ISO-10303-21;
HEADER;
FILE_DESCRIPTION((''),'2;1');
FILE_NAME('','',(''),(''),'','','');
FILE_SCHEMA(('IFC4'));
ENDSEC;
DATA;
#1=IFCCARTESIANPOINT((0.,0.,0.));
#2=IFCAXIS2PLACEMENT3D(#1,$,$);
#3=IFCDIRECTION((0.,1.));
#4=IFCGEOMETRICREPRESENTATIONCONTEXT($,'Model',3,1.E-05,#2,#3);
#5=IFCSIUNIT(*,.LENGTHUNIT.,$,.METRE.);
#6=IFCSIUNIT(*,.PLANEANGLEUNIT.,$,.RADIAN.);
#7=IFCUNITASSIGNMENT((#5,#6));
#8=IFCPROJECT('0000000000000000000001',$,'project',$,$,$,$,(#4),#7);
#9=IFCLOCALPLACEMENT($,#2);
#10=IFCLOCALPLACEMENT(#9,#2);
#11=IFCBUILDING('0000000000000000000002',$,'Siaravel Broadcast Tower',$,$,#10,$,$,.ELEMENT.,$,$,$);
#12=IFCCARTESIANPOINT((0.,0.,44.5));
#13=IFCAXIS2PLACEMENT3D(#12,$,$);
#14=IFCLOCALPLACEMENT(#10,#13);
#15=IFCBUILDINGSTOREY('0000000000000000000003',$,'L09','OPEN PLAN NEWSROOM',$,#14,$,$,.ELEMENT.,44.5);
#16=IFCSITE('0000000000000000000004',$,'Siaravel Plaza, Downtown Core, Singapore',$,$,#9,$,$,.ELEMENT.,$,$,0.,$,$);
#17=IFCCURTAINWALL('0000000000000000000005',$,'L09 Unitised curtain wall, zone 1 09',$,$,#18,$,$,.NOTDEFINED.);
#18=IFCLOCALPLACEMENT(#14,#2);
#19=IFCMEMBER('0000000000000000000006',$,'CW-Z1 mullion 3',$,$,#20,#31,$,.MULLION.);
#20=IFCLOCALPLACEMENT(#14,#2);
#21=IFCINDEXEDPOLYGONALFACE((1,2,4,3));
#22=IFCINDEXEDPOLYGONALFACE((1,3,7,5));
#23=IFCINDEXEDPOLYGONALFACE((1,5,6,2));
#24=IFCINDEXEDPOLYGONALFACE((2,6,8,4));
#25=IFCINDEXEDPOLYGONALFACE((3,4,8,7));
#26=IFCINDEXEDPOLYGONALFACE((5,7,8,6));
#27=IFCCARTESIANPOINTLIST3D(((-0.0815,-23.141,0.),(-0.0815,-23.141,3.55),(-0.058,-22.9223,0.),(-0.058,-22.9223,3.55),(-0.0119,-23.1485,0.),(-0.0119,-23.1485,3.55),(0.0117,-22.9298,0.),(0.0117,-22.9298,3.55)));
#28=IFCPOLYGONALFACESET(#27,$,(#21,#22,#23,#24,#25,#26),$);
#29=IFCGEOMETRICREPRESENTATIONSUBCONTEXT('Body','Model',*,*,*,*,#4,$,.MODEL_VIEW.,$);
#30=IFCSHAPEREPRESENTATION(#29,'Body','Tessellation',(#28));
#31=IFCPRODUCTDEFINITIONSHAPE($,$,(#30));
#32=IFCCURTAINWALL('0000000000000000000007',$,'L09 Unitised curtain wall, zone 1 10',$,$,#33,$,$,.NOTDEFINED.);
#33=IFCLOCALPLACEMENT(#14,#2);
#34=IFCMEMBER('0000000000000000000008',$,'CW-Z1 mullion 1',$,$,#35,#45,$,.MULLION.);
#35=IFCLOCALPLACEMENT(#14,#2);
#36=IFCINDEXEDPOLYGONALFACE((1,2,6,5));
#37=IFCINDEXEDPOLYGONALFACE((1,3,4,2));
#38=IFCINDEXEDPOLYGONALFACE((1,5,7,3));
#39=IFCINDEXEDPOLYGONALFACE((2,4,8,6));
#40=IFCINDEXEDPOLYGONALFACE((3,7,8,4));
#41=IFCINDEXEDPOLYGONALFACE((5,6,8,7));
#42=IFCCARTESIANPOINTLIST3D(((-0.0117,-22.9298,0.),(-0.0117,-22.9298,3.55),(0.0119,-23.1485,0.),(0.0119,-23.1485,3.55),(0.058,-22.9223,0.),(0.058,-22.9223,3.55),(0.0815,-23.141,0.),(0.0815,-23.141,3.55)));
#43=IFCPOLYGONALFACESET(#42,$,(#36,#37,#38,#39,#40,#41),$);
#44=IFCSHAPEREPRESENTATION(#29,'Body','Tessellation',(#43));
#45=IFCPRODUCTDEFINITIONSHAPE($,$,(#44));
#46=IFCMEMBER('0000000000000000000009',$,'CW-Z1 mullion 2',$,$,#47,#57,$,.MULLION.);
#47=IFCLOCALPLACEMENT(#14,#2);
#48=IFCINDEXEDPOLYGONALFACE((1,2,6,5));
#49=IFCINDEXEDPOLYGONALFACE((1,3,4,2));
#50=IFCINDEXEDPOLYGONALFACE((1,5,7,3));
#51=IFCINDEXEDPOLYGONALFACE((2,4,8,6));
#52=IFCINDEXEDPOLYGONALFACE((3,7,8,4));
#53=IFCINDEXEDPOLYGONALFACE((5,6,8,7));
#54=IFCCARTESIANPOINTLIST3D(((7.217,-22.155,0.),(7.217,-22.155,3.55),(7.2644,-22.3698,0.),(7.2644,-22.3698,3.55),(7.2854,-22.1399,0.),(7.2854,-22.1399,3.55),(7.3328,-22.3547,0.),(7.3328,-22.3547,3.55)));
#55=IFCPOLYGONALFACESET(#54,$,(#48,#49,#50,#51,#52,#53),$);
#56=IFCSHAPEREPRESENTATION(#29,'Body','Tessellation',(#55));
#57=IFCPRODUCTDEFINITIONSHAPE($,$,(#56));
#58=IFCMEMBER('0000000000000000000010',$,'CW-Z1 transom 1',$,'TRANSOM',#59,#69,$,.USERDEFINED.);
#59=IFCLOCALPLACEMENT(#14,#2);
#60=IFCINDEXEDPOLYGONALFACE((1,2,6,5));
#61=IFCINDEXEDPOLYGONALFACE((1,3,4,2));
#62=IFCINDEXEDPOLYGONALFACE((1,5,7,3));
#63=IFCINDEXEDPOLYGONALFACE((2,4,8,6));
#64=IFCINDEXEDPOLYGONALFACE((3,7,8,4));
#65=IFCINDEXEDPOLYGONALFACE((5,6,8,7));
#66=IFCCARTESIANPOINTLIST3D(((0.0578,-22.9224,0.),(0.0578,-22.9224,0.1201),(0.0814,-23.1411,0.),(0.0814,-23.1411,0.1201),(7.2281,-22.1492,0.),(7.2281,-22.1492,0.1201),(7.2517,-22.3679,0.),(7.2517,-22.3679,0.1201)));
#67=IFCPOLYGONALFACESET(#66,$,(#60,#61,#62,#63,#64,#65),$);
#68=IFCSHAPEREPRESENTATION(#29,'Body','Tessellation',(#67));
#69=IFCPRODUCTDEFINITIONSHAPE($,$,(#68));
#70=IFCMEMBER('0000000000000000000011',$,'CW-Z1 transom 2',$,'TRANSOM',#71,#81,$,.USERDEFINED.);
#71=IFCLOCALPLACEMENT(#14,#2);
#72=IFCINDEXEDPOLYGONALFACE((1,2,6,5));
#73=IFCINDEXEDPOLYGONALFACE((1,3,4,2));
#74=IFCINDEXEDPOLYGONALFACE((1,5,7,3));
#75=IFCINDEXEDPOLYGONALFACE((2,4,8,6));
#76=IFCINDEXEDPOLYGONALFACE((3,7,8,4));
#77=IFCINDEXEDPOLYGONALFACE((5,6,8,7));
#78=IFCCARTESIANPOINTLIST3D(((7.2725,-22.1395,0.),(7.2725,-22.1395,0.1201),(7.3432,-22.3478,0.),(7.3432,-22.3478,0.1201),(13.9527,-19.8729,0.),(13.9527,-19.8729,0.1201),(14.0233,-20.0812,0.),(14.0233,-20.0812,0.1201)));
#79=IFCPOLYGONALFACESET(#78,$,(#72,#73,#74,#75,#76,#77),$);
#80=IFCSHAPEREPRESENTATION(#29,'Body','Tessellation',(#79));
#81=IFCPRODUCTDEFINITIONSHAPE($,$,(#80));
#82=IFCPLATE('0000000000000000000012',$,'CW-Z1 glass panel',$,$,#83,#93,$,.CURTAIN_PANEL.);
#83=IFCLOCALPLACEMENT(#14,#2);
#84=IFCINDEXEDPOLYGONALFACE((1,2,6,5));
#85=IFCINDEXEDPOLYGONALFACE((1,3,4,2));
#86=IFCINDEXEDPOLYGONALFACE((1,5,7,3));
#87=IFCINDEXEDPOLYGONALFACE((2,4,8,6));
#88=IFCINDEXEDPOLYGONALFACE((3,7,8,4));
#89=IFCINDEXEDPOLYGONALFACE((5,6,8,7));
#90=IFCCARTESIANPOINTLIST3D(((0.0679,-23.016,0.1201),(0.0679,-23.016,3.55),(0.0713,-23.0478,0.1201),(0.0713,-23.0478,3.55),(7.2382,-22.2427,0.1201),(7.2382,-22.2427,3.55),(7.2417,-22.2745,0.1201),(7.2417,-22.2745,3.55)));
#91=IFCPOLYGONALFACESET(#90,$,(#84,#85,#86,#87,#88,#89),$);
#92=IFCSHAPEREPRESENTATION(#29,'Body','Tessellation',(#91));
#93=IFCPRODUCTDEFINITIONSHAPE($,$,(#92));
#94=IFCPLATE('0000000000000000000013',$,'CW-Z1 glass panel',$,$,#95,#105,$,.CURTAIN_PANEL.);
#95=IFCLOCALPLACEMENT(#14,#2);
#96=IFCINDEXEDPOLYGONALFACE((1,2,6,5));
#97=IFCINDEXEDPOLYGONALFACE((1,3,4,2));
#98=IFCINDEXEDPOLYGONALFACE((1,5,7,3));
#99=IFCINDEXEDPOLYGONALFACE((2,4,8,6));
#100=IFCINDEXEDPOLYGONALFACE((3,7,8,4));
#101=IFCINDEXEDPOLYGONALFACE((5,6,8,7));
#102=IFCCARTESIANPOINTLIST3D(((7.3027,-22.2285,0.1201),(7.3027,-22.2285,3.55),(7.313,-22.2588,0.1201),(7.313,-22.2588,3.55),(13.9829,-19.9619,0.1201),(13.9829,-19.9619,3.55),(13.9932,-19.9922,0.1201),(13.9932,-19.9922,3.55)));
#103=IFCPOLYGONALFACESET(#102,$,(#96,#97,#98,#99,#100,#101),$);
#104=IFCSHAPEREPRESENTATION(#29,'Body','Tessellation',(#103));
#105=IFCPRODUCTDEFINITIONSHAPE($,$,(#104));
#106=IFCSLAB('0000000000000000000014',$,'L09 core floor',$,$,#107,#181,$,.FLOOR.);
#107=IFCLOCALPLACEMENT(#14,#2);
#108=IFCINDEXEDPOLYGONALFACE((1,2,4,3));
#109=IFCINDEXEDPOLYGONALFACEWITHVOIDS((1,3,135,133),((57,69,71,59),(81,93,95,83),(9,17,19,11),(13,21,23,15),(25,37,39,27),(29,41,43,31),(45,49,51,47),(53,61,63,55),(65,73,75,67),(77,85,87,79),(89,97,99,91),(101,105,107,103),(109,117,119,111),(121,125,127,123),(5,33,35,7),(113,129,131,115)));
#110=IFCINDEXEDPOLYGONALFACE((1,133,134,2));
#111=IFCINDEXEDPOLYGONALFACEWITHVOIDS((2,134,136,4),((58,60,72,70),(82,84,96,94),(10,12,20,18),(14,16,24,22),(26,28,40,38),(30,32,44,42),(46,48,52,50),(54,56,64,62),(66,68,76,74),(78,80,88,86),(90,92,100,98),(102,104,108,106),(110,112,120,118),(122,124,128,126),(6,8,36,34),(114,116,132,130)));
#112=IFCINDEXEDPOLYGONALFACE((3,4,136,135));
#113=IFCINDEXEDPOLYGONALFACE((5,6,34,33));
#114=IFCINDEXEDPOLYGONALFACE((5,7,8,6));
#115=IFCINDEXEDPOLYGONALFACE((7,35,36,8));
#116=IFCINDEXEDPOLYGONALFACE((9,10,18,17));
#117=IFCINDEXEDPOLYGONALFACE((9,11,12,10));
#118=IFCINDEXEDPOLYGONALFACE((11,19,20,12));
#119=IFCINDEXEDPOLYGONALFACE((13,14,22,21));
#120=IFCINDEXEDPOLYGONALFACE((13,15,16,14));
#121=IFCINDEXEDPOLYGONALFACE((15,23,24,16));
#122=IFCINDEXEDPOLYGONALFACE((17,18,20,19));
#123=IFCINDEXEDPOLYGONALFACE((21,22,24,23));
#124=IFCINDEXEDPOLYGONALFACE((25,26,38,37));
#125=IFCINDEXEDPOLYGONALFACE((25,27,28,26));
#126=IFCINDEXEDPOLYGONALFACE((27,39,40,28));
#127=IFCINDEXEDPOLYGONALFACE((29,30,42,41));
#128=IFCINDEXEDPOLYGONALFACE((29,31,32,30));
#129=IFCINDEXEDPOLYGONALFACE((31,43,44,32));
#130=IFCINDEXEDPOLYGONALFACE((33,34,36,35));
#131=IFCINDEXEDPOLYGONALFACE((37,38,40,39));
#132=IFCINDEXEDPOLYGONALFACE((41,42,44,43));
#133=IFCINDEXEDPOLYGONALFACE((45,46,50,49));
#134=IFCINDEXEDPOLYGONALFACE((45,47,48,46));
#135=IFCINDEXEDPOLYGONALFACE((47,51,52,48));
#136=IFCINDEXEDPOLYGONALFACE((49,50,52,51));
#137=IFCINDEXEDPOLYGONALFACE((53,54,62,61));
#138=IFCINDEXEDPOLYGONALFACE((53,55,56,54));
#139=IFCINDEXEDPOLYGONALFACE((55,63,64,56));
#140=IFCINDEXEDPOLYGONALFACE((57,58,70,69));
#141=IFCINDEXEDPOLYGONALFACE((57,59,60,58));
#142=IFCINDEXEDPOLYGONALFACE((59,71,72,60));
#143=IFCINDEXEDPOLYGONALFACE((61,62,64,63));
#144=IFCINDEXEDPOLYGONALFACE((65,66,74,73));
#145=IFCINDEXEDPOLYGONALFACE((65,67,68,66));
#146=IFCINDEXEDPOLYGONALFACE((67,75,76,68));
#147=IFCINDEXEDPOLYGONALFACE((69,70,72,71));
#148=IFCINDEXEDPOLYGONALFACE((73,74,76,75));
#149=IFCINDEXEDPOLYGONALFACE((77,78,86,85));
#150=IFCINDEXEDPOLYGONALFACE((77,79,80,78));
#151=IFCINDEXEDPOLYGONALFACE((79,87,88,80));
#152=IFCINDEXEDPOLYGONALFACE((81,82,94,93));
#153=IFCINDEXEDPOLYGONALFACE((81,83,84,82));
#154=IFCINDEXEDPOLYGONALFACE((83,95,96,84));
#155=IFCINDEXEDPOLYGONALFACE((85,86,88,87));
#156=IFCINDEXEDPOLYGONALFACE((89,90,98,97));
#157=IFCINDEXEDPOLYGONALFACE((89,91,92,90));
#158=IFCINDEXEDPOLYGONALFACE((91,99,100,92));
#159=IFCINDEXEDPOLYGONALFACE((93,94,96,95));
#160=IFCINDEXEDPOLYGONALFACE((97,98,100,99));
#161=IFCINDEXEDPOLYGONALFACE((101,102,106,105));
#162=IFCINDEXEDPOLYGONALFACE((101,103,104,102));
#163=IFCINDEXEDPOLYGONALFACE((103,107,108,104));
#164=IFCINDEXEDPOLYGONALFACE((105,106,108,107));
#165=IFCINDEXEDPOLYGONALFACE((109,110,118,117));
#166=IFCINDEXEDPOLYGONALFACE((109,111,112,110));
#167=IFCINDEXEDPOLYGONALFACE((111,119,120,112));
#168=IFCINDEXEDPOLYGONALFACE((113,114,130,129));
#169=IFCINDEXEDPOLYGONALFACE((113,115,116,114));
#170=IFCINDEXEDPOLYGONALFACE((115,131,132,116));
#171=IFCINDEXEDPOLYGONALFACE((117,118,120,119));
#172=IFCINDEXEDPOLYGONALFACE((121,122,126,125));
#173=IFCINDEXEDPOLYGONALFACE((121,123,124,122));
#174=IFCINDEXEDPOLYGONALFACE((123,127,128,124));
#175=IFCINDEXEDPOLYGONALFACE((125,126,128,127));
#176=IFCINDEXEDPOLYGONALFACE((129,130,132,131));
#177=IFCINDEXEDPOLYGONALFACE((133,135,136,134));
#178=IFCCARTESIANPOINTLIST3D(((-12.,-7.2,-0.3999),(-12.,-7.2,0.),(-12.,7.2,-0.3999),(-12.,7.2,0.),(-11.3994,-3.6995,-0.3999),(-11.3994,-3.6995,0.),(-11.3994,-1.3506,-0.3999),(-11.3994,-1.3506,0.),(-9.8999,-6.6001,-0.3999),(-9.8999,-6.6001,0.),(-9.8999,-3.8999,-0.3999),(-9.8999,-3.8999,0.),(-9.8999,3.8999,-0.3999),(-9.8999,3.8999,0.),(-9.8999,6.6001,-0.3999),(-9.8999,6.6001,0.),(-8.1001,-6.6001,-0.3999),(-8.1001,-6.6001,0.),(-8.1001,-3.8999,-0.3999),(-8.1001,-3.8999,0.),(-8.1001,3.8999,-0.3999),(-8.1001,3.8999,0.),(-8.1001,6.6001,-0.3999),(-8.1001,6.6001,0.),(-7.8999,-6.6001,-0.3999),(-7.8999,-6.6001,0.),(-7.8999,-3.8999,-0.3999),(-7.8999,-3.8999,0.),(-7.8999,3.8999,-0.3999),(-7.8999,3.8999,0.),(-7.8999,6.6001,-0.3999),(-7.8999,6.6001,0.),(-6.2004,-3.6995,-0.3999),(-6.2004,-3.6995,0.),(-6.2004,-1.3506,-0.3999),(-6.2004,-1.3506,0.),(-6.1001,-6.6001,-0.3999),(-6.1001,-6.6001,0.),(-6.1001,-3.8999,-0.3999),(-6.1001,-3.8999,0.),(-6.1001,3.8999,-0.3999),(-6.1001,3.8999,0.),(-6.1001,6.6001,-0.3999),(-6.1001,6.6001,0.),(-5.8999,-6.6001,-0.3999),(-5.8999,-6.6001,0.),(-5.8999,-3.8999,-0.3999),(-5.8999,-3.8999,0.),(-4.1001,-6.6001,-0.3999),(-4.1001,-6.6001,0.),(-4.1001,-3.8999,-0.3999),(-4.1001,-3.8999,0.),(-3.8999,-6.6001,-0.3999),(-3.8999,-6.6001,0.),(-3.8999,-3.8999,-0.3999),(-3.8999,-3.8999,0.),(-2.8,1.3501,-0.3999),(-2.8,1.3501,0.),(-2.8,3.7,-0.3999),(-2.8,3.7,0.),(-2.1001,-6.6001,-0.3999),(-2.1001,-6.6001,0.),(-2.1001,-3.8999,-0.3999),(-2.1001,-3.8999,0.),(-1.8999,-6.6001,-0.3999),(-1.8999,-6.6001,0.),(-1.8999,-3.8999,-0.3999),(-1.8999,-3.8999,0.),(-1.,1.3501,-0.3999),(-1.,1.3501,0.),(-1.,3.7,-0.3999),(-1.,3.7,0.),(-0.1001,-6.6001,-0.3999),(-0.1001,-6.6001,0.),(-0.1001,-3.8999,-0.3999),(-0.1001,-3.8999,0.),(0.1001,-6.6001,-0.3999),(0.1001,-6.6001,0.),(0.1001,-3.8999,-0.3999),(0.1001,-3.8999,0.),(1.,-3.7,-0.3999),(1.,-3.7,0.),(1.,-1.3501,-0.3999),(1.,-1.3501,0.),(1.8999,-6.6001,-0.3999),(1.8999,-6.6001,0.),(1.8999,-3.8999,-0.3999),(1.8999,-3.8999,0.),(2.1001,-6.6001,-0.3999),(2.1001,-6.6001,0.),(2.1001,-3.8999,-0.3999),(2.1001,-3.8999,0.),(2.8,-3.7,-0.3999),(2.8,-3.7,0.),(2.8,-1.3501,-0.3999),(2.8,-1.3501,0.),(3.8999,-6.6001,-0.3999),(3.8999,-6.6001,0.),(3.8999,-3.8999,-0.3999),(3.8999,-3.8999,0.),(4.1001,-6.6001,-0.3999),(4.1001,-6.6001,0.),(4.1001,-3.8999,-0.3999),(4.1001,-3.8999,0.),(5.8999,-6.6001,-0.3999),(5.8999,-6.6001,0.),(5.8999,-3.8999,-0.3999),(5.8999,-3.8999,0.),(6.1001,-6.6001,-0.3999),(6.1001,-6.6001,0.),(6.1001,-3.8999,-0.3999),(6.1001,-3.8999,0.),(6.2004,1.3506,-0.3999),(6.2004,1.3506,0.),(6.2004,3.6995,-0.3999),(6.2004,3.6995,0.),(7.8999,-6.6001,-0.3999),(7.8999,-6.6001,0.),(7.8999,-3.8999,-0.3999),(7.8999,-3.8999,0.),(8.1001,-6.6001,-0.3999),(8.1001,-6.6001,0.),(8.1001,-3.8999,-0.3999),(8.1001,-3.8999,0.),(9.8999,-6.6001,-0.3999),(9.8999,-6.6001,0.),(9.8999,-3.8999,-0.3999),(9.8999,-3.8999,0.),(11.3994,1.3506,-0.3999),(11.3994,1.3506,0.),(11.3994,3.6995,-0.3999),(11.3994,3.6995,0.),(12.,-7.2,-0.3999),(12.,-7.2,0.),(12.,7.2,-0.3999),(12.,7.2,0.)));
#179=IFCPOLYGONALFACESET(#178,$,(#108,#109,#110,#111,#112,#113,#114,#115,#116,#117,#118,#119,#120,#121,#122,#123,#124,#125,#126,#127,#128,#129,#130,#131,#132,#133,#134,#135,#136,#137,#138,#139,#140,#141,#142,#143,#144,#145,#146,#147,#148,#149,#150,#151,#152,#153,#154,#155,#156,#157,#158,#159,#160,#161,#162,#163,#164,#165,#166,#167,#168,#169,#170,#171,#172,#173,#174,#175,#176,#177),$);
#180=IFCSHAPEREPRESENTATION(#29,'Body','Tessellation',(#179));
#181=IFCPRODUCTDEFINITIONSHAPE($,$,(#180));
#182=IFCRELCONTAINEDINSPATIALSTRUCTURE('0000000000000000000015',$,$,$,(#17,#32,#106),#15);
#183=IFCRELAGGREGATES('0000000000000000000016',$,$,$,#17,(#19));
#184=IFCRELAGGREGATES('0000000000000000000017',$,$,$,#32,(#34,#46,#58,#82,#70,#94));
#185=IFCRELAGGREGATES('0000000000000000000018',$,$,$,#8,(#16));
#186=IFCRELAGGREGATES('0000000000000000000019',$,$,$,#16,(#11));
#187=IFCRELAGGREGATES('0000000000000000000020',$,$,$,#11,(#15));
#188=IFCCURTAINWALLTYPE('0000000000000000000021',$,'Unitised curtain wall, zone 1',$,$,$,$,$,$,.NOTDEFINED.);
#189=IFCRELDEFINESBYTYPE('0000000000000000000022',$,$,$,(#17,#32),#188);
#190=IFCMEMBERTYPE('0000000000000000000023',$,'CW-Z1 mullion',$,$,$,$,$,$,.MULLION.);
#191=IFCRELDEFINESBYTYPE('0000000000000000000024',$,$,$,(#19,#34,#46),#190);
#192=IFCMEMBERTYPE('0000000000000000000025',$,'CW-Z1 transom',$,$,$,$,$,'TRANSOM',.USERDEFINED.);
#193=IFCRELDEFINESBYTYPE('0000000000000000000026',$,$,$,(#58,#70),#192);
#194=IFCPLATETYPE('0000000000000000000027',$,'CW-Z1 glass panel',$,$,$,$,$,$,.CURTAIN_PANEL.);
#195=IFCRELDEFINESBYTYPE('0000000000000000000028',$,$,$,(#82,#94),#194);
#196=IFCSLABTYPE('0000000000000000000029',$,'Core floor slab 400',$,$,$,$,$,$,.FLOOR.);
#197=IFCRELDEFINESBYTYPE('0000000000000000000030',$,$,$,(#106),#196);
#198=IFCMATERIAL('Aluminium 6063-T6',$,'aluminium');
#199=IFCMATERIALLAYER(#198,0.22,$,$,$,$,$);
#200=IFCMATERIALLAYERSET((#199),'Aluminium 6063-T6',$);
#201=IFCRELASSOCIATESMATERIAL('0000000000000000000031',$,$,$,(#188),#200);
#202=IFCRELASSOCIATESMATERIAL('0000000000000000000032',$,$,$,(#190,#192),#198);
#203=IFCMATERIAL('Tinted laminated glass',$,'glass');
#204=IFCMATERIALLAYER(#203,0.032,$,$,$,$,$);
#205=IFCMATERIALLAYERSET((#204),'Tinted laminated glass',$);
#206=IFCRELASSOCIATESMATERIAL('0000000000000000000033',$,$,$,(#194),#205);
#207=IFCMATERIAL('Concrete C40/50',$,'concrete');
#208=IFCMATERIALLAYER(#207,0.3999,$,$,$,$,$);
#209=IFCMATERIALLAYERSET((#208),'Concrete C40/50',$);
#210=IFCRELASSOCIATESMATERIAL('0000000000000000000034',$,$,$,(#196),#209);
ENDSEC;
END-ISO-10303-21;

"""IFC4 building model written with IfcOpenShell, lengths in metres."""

from ifc_helpers import new_model, si_unit, direction, frame, origin, origin_2d, place, context, subcontext, project, spatial, polyline, rectangle, outline, extrude, material, layer, layer_set, material_profile, profile_set, type_object, element, aggregate, save


model = new_model("IFC4")

# Units and contexts
model_context = context("Model", 3, precision=1e-05, world=origin(), true_north=direction((0.0, 1.0)))
body_context = subcontext(model_context, "Body", "Model", "MODEL_VIEW")
ifc_project = project(units=[si_unit("LENGTHUNIT", "METRE"), si_unit("PLANEANGLEUNIT", "RADIAN")], contexts=[model_context])

# Site, building, storey
site_placement = place(None, origin())
site = spatial("IfcSite", under=ifc_project, at=site_placement, Name="Siaravel Plaza, Downtown Core, Singapore", CompositionType="ELEMENT", RefElevation=0.0)
building_placement = place(site_placement, origin())
building = spatial("IfcBuilding", under=site, at=building_placement, Name="Siaravel Broadcast Tower", CompositionType="ELEMENT")
storey_placement = place(building_placement, frame((0.0, 0.0, 44.5)))
storey = spatial("IfcBuildingStorey", under=building, at=storey_placement, Name="L09", Description="OPEN PLAN NEWSROOM", CompositionType="ELEMENT", Elevation=44.5)

# Curtain wall, member
ifc_material_1 = material(Name="Aluminium 6063-T6", Category="aluminium")
ifc_layer_1 = layer(ifc_material_1, 0.22)
ifc_layer_set_1 = layer_set([ifc_layer_1], Name="Aluminium 6063-T6")
curtain_wall_type = type_object("IfcCurtainWallType", Name="Unitised curtain wall, zone 1", PredefinedType="NOTDEFINED", material=ifc_layer_set_1)
curtain_wall_1_placement = place(storey_placement, origin())
curtain_wall_1 = element("IfcCurtainWall", 1, at=curtain_wall_1_placement, inside=storey, type_object=curtain_wall_type, Name="L09 Unitised curtain wall, zone 1 09", PredefinedType="NOTDEFINED")
ifc_material_profile_1 = material_profile(ifc_material_1, rectangle(XDim=0.22, YDim=0.0701, at=origin_2d()))
ifc_profile_set_1 = profile_set([ifc_material_profile_1], Name="Aluminium 6063-T6")
member_type_1 = type_object("IfcMemberType", Name="CW-Z1 mullion", PredefinedType="MULLION", material=ifc_profile_set_1)
member_1_placement = place(storey_placement, frame((-0.0349, -23.0354, 0.0), z_axis=(0.0, 0.0, 1.0), x_axis=(0.107218, 0.994236, 0.0)))
member_1 = element("IfcMember", 2, at=member_1_placement, type_object=member_type_1, Name="CW-Z1 mullion 3", PredefinedType="MULLION", context=body_context, shape_type="SweptSolid", body=[
    extrude(rectangle(XDim=0.22, YDim=0.0701, at=origin_2d()), origin(), (0.0, 0.0, 1.0), 3.55),
])
aggregate(curtain_wall_1, [member_1])

# Curtain wall, members, plates
curtain_wall_2_placement = place(storey_placement, origin())
curtain_wall_2 = element("IfcCurtainWall", 3, at=curtain_wall_2_placement, inside=storey, type_object=curtain_wall_type, Name="L09 Unitised curtain wall, zone 1 10", PredefinedType="NOTDEFINED")
member_2_placement = place(storey_placement, frame((0.0349, -23.0354, 0.0), z_axis=(0.0, 0.0, 1.0), x_axis=(-0.107218, 0.994236, 0.0)))
member_2 = element("IfcMember", 4, at=member_2_placement, type_object=member_type_1, Name="CW-Z1 mullion 1", PredefinedType="MULLION", context=body_context, shape_type="SweptSolid", body=[
    extrude(rectangle(XDim=0.22, YDim=0.0701, at=origin_2d()), origin(), (0.0, 0.0, 1.0), 3.55),
])
member_3_placement = place(storey_placement, frame((7.2749, -22.2549, 0.0), z_axis=(0.0, 0.0, 1.0), x_axis=(-0.215558, 0.976491, 0.0)))
member_3 = element("IfcMember", 5, at=member_3_placement, type_object=member_type_1, Name="CW-Z1 mullion 2", PredefinedType="MULLION", context=body_context, shape_type="SweptSolid", body=[
    extrude(rectangle(XDim=0.22, YDim=0.0701, at=origin_2d()), origin(), (0.0, 0.0, 1.0), 3.55),
])
ifc_material_profile_2 = material_profile(ifc_material_1, rectangle(XDim=0.22, YDim=0.1201, at=origin_2d()))
ifc_profile_set_2 = profile_set([ifc_material_profile_2], Name="Aluminium 6063-T6")
member_type_2 = type_object("IfcMemberType", Name="CW-Z1 transom", ElementType="TRANSOM", PredefinedType="USERDEFINED", material=ifc_profile_set_2)
member_4_placement = place(storey_placement, frame((0.0696, -23.0317, 0.0601), z_axis=(0.994236, 0.10721, 0.0), x_axis=(-0.10721, 0.994236, 0.0)))
member_4 = element("IfcMember", 6, at=member_4_placement, type_object=member_type_2, Name="CW-Z1 transom 1", ObjectType="TRANSOM", PredefinedType="USERDEFINED", context=body_context, shape_type="SweptSolid", body=[
    extrude(rectangle(XDim=0.22, YDim=0.1201, at=origin_2d()), origin(), (0.0, 0.0, 1.0), 7.2119),
])
member_5_placement = place(storey_placement, frame((7.3079, -22.2437, 0.0601), z_axis=(0.946974, 0.321311, 0.0), x_axis=(-0.321311, 0.946974, 0.0)))
member_5 = element("IfcMember", 7, at=member_5_placement, type_object=member_type_2, Name="CW-Z1 transom 2", ObjectType="TRANSOM", PredefinedType="USERDEFINED", context=body_context, shape_type="SweptSolid", body=[
    extrude(rectangle(XDim=0.22, YDim=0.1201, at=origin_2d()), origin(), (0.0, 0.0, 1.0), 7.0542),
])
ifc_material_2 = material(Name="Tinted laminated glass", Category="glass")
ifc_layer_2 = layer(ifc_material_2, 0.032)
ifc_layer_set_2 = layer_set([ifc_layer_2], Name="Tinted laminated glass")
plate_type = type_object("IfcPlateType", Name="CW-Z1 glass panel", PredefinedType="CURTAIN_PANEL", material=ifc_layer_set_2)
plate_1_placement = place(storey_placement, frame((3.6548, -22.6453, 0.1201), z_axis=(0.0, 0.0, 1.0), x_axis=(0.994236, 0.107218, 0.0)))
plate_1 = element("IfcPlate", 8, at=plate_1_placement, type_object=plate_type, Name="CW-Z1 glass panel", PredefinedType="CURTAIN_PANEL", context=body_context, shape_type="SweptSolid", body=[
    extrude(rectangle(XDim=7.2119, YDim=0.032, at=origin_2d()), origin(), (0.0, 0.0, 1.0), 3.4299),
])
plate_2_placement = place(storey_placement, frame((10.6479, -21.1104, 0.1201), z_axis=(0.0, 0.0, 1.0), x_axis=(0.946977, 0.321301, 0.0)))
plate_2 = element("IfcPlate", 9, at=plate_2_placement, type_object=plate_type, Name="CW-Z1 glass panel", PredefinedType="CURTAIN_PANEL", context=body_context, shape_type="SweptSolid", body=[
    extrude(rectangle(XDim=7.0542, YDim=0.032, at=origin_2d()), origin(), (0.0, 0.0, 1.0), 3.4299),
])
aggregate(curtain_wall_2, [member_2, member_3, member_4, plate_1, member_5, plate_2])

# Slab
ifc_material_3 = material(Name="Concrete C40/50", Category="concrete")
ifc_layer_3 = layer(ifc_material_3, 0.3999)
ifc_layer_set_3 = layer_set([ifc_layer_3], Name="Concrete C40/50")
slab_type_1 = type_object("IfcSlabType", Name="Core floor slab 400", PredefinedType="FLOOR", material=ifc_layer_set_3)
slab_1_placement = place(storey_placement, frame((0.0, 0.0, -0.3999)))
element("IfcSlab", 10, at=slab_1_placement, inside=storey, type_object=slab_type_1, Name="L09 core floor", PredefinedType="FLOOR", context=body_context, shape_type="SweptSolid", body=[
    extrude(outline(polyline([(-12.0, -7.2), (-12.0, 7.2), (12.0, 7.2), (12.0, -7.2), (-12.0, -7.2)]), holes=[polyline([(11.3994, 1.3506), (11.3994, 3.6995), (6.2004, 3.6995), (6.2004, 1.3506), (11.3994, 1.3506)]), polyline([(9.8999, -3.8999), (8.1001, -3.8999), (8.1001, -6.6001), (9.8999, -6.6001), (9.8999, -3.8999)]), polyline([(7.8999, -3.8999), (6.1001, -3.8999), (6.1001, -6.6001), (7.8999, -6.6001), (7.8999, -3.8999)]), polyline([(5.8999, -3.8999), (4.1001, -3.8999), (4.1001, -6.6001), (5.8999, -6.6001), (5.8999, -3.8999)]), polyline([(3.8999, -3.8999), (2.1001, -3.8999), (2.1001, -6.6001), (3.8999, -6.6001), (3.8999, -3.8999)]), polyline([(2.8, -1.3501), (1.0, -1.3501), (1.0, -3.7), (2.8, -3.7), (2.8, -1.3501)]), polyline([(1.8999, -3.8999), (0.1001, -3.8999), (0.1001, -6.6001), (1.8999, -6.6001), (1.8999, -3.8999)]), polyline([(-0.1001, -3.8999), (-1.8999, -3.8999), (-1.8999, -6.6001), (-0.1001, -6.6001), (-0.1001, -3.8999)]), polyline([(-1.0, 3.7), (-2.8, 3.7), (-2.8, 1.3501), (-1.0, 1.3501), (-1.0, 3.7)]), polyline([(-2.1001, -3.8999), (-3.8999, -3.8999), (-3.8999, -6.6001), (-2.1001, -6.6001), (-2.1001, -3.8999)]), polyline([(-4.1001, -3.8999), (-5.8999, -3.8999), (-5.8999, -6.6001), (-4.1001, -6.6001), (-4.1001, -3.8999)]), polyline([(-6.1001, -3.8999), (-7.8999, -3.8999), (-7.8999, -6.6001), (-6.1001, -6.6001), (-6.1001, -3.8999)]), polyline([(-6.1001, 6.6001), (-7.8999, 6.6001), (-7.8999, 3.8999), (-6.1001, 3.8999), (-6.1001, 6.6001)]), polyline([(-11.3994, -1.3506), (-11.3994, -3.6995), (-6.2004, -3.6995), (-6.2004, -1.3506), (-11.3994, -1.3506)]), polyline([(-8.1001, -3.8999), (-9.8999, -3.8999), (-9.8999, -6.6001), (-8.1001, -6.6001), (-8.1001, -3.8999)]), polyline([(-8.1001, 6.6001), (-9.8999, 6.6001), (-9.8999, 3.8999), (-8.1001, 3.8999), (-8.1001, 6.6001)])]), origin(), (0.0, 0.0, 1.0), 0.3999),
])

save(model, "model.ifc")
